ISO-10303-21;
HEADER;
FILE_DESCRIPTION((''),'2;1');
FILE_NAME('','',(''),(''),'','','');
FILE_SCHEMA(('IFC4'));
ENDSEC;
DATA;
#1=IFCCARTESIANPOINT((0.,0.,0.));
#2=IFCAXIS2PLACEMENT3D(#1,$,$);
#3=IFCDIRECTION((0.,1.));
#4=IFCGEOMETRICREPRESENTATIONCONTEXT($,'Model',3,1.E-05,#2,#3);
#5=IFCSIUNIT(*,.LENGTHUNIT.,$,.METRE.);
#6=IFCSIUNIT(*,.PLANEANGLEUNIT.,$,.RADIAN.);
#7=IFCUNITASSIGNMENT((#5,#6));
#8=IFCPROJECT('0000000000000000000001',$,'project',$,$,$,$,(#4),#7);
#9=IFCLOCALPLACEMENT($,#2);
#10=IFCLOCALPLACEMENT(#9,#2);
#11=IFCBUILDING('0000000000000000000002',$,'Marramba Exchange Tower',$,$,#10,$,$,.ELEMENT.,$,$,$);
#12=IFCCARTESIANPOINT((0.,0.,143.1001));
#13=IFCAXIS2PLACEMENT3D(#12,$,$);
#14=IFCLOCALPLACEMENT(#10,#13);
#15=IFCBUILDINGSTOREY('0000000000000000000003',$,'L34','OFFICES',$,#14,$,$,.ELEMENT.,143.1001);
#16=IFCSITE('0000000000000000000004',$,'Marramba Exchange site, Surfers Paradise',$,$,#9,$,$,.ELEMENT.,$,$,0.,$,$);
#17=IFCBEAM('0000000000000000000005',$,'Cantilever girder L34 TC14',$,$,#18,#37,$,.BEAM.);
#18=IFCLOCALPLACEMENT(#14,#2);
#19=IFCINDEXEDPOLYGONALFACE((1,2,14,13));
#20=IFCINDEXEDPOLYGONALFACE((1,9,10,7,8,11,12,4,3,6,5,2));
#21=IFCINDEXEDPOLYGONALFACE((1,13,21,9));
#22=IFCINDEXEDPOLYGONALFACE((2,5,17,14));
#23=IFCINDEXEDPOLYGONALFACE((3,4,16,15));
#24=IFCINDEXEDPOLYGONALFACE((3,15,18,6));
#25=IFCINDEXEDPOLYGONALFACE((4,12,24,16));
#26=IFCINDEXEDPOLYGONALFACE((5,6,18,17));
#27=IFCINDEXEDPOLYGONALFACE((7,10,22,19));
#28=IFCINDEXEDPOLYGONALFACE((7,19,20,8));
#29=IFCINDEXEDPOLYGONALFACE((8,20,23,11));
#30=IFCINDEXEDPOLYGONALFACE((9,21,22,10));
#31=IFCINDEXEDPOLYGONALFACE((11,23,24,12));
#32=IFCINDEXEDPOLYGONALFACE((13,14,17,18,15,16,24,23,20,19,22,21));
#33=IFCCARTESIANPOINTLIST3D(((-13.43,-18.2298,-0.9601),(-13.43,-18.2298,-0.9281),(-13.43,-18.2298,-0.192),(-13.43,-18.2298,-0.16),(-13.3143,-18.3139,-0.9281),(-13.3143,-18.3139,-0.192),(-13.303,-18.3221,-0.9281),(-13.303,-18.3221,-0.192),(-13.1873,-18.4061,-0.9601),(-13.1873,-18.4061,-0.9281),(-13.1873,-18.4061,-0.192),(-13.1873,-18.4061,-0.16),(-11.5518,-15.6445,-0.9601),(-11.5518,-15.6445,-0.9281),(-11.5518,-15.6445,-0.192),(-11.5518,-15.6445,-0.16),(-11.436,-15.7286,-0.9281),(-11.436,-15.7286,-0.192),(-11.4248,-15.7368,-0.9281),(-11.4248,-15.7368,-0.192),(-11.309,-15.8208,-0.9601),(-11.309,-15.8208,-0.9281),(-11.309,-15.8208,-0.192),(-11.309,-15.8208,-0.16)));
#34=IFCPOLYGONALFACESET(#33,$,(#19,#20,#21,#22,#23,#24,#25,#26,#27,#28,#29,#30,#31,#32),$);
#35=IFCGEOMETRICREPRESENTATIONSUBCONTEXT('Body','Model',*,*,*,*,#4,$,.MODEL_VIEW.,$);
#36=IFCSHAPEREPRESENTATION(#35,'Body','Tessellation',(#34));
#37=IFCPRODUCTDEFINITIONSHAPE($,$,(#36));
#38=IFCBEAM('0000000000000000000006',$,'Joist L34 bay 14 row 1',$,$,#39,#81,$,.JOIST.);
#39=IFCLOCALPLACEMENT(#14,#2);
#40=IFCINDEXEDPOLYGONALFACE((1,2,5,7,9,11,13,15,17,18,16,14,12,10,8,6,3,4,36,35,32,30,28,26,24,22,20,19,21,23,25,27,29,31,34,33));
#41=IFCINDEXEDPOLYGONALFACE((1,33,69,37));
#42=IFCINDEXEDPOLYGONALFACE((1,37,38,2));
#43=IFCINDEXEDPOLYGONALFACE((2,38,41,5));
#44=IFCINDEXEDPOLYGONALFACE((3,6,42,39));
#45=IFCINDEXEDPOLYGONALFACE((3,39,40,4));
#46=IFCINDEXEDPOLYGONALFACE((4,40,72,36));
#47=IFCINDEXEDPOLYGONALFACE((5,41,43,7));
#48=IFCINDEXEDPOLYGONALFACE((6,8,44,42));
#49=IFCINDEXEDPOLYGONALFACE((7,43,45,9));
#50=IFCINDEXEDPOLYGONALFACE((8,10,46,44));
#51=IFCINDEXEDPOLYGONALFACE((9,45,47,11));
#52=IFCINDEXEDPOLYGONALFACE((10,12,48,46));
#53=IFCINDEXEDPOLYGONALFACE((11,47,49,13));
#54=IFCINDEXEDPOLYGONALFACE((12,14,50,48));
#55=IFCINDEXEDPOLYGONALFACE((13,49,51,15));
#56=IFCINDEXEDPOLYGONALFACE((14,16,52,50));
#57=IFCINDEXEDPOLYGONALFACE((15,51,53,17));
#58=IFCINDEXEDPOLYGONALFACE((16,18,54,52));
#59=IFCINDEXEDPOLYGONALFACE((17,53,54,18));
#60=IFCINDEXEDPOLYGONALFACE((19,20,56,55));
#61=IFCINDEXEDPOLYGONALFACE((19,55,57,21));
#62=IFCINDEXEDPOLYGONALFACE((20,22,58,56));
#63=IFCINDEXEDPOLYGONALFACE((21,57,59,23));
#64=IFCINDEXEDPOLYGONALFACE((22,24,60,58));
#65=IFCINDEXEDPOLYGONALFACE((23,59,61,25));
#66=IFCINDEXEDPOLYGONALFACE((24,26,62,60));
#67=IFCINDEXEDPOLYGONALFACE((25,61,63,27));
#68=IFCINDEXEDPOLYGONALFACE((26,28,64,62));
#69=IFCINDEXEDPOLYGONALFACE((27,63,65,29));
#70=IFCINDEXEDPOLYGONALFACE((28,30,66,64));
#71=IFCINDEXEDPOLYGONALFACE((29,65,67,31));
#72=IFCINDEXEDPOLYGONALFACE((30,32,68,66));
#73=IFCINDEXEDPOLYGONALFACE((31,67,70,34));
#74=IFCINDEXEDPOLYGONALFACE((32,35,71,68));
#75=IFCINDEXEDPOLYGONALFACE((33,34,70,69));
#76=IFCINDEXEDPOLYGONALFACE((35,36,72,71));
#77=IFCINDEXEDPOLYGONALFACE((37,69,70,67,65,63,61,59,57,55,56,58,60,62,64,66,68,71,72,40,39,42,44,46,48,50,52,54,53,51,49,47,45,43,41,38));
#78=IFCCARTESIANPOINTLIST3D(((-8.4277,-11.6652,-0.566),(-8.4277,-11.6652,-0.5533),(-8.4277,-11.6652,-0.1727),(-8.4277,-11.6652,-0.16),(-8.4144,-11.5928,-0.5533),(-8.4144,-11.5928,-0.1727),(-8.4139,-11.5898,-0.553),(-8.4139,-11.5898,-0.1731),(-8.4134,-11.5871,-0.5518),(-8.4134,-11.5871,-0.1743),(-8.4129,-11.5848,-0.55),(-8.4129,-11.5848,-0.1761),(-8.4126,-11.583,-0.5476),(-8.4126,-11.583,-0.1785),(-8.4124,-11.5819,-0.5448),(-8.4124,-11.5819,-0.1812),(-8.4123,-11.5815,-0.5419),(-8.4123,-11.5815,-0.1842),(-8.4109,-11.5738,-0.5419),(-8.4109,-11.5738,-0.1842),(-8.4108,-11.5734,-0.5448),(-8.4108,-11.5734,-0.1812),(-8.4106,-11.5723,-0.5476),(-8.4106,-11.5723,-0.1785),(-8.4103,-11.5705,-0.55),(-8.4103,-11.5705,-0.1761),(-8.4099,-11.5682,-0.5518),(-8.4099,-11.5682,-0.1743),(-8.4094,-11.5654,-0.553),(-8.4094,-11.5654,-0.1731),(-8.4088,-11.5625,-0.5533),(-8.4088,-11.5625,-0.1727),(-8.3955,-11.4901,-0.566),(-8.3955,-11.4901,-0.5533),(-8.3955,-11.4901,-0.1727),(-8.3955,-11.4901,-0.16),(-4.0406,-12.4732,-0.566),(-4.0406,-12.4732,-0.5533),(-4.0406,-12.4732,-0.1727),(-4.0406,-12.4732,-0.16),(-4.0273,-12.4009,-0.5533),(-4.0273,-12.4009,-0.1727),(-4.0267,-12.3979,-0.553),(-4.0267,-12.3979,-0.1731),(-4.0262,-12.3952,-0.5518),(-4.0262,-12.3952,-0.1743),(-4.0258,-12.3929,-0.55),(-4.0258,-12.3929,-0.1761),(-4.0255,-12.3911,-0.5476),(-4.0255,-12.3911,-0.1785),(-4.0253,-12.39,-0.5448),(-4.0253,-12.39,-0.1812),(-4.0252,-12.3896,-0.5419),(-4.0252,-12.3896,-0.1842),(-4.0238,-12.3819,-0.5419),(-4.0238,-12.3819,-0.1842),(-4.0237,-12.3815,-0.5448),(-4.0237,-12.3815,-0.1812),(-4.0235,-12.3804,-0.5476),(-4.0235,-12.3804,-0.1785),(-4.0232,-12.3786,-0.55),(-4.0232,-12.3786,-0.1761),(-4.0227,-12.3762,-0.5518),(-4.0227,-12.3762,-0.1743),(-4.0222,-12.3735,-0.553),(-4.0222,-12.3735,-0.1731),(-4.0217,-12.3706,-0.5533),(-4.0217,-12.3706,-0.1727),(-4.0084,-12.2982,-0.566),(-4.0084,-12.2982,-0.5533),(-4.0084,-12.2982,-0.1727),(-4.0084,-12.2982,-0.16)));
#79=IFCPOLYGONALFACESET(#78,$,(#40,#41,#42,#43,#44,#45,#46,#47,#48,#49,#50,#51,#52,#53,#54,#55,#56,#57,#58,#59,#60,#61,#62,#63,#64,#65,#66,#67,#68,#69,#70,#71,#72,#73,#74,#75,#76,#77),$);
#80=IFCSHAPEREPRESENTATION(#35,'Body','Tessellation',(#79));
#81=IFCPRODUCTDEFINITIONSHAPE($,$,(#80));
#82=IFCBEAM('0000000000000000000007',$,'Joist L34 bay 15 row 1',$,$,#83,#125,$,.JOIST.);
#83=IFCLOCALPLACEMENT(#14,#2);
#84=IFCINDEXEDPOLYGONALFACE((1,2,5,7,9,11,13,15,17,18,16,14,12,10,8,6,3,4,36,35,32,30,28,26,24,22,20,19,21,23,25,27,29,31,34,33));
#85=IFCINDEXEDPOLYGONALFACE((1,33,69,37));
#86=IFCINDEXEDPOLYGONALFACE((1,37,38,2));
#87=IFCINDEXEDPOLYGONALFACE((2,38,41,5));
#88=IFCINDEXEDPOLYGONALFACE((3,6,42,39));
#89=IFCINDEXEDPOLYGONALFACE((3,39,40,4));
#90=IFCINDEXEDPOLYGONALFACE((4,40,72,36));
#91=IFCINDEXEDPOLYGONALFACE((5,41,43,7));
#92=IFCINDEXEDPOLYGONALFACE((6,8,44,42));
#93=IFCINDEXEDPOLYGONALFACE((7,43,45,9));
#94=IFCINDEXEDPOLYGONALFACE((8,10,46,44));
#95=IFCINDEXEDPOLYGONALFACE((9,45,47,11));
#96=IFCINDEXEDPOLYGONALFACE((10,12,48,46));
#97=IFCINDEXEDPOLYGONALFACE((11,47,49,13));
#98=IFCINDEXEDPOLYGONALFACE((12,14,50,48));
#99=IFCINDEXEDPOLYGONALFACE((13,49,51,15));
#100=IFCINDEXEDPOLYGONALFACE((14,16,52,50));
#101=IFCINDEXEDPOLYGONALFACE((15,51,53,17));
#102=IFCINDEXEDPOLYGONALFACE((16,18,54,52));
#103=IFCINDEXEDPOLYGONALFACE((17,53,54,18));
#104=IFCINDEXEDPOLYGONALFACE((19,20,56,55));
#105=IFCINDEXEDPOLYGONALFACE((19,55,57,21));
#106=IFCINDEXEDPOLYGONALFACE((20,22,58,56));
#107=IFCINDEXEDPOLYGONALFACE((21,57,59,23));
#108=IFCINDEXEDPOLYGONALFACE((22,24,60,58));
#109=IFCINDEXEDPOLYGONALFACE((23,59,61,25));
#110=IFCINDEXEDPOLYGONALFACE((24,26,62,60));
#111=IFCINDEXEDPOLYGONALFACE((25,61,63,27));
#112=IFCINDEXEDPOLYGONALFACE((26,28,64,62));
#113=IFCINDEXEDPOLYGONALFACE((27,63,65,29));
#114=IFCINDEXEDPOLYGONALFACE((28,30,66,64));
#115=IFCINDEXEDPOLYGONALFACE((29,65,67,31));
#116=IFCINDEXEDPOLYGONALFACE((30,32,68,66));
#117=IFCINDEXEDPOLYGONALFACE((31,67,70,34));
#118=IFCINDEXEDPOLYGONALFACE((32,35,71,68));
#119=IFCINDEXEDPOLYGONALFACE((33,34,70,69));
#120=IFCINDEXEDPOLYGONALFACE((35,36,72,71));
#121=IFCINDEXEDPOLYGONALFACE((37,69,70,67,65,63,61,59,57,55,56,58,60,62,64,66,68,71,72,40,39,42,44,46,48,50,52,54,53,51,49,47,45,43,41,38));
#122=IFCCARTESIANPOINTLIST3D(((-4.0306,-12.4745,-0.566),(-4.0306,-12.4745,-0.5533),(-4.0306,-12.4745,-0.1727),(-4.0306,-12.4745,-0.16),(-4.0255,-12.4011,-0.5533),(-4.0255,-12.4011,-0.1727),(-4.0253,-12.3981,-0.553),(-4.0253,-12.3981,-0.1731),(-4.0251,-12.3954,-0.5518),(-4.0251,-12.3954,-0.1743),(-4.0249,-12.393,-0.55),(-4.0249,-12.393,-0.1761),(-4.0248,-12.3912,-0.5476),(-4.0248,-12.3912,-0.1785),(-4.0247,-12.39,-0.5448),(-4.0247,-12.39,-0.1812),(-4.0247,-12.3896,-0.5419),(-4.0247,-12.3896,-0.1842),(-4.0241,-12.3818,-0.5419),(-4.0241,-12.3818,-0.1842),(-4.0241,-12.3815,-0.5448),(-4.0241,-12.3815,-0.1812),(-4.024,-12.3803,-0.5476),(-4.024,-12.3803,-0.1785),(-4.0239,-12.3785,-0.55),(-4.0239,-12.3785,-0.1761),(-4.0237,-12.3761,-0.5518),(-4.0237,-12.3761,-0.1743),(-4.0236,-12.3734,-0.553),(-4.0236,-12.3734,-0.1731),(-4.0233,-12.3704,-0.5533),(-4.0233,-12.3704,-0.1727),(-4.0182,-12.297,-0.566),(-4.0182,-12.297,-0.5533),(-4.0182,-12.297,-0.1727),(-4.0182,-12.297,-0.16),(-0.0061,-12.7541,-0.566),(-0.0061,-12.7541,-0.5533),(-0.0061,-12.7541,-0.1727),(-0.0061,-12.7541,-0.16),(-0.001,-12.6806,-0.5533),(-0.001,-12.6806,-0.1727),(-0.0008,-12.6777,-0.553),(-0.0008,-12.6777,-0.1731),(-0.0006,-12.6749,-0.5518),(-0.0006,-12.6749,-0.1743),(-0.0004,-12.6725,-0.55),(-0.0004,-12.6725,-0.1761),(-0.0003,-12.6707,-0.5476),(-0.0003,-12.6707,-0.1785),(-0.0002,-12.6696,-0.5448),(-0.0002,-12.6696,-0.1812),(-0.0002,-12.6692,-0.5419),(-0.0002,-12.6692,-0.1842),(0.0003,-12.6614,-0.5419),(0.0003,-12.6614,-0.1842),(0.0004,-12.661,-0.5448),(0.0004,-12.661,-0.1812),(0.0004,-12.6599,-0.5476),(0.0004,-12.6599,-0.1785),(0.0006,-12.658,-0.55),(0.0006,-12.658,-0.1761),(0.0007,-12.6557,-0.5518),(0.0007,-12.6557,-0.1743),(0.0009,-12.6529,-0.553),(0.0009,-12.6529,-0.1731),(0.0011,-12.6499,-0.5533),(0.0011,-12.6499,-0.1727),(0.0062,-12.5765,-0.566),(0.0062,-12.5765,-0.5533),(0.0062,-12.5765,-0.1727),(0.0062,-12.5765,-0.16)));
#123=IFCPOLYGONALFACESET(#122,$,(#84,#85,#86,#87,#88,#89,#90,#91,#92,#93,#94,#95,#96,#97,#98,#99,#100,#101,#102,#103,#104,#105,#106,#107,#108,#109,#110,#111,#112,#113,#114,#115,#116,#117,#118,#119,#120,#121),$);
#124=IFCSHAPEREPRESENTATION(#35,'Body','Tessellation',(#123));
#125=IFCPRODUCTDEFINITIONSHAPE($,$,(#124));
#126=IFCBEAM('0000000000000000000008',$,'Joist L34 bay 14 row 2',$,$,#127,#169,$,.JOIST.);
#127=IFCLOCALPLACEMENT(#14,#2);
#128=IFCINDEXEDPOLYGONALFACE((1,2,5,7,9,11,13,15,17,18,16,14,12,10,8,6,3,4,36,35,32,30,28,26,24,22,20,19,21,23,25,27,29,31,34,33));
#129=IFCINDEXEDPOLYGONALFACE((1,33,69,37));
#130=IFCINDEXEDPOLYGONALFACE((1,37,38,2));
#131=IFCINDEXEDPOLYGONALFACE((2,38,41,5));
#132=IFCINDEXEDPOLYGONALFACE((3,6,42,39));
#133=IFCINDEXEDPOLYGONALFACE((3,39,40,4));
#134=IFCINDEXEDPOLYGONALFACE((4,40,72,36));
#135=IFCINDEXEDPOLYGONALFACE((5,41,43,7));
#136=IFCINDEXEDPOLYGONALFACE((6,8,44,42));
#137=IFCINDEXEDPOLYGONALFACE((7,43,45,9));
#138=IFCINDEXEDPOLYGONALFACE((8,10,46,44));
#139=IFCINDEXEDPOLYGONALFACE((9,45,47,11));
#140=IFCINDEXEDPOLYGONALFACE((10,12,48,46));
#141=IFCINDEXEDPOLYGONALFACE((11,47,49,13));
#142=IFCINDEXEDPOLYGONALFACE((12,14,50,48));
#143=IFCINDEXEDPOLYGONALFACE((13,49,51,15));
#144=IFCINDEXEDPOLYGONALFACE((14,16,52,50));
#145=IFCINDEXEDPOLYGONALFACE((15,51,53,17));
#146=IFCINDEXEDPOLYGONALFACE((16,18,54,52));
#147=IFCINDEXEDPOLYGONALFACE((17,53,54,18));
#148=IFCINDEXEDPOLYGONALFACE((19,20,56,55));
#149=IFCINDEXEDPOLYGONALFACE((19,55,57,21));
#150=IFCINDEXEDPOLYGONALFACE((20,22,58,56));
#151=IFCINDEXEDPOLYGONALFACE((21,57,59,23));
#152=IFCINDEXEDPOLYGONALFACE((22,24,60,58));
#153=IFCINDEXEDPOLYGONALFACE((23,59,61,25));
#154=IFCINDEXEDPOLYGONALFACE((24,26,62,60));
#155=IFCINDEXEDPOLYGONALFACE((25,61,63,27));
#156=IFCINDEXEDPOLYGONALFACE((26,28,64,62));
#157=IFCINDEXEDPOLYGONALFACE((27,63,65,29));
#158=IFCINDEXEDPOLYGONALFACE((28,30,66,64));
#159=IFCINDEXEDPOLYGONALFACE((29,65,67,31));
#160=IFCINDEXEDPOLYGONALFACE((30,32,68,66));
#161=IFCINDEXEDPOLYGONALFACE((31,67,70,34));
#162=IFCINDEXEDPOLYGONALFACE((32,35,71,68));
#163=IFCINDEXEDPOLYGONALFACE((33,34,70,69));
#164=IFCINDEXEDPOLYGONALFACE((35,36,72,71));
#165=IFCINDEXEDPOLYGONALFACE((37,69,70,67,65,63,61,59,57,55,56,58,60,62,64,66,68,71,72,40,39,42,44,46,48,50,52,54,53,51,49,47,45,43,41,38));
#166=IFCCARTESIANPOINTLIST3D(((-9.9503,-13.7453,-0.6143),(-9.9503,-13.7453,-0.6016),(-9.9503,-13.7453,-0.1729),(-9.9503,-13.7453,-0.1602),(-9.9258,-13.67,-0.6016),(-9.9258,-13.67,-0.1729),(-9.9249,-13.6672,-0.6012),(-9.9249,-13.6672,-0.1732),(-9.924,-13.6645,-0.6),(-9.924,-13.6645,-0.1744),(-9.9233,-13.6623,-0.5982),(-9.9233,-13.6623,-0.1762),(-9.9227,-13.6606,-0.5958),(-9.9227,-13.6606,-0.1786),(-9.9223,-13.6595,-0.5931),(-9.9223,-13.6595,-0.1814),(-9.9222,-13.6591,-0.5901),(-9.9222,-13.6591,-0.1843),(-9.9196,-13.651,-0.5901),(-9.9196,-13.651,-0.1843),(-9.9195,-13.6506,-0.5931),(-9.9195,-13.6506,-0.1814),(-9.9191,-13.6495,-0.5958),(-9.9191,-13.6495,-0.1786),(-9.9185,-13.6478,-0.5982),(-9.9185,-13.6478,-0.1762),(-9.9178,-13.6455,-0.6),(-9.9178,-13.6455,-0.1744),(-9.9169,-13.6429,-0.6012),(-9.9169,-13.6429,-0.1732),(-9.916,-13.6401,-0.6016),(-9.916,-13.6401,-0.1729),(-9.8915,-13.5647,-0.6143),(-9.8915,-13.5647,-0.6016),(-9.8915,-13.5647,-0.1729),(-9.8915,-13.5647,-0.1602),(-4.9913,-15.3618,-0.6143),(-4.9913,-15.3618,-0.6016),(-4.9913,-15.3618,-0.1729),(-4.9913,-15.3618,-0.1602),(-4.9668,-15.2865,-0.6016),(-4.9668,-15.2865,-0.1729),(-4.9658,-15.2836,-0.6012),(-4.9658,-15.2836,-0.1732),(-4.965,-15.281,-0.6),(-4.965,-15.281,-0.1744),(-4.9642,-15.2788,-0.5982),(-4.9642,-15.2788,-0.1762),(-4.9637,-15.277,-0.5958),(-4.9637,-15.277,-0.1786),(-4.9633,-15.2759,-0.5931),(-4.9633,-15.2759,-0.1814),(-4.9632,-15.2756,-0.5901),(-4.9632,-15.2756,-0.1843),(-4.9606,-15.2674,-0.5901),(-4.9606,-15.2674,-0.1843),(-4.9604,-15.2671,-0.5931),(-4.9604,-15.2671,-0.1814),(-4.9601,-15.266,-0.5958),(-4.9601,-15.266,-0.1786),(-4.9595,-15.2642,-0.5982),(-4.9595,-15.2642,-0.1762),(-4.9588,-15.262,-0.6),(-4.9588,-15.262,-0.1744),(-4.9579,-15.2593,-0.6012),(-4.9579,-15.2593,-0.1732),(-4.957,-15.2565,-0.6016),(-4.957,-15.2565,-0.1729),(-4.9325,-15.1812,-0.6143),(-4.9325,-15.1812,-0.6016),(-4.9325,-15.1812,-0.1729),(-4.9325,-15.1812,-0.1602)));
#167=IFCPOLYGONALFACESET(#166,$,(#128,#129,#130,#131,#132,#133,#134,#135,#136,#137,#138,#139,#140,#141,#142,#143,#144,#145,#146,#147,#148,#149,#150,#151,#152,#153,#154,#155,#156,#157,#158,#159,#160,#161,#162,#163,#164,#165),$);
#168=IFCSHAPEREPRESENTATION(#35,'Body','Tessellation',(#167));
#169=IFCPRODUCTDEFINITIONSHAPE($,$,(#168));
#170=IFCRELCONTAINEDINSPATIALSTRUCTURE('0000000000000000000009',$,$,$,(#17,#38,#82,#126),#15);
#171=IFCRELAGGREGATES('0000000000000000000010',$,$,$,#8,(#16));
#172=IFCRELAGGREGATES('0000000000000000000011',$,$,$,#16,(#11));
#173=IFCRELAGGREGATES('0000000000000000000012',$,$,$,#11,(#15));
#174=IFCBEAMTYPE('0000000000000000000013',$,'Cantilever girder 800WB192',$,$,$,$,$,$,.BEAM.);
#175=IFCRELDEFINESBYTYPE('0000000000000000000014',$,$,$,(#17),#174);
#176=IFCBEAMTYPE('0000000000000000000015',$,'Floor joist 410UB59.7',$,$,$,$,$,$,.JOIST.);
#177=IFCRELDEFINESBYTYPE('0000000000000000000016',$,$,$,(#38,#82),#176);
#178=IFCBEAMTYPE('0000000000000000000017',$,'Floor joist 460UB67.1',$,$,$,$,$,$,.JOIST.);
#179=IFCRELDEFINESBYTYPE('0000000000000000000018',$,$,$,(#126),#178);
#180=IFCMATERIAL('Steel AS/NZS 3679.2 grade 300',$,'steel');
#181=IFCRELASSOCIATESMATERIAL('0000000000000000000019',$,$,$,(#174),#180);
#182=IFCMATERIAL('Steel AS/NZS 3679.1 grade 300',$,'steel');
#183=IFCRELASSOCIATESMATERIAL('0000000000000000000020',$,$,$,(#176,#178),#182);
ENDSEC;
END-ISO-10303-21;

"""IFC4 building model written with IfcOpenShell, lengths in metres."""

from ifc_helpers import new_model, si_unit, direction, frame, origin, origin_2d, place, context, subcontext, project, spatial, i_section, extrude, material, material_profile, profile_set, type_object, element, save


model = new_model("IFC4")

# Units and contexts
model_context = context("Model", 3, precision=1e-05, world=origin(), true_north=direction((0.0, 1.0)))
body_context = subcontext(model_context, "Body", "Model", "MODEL_VIEW")
ifc_project = project(units=[si_unit("LENGTHUNIT", "METRE"), si_unit("PLANEANGLEUNIT", "RADIAN")], contexts=[model_context])

# Site, building, storey
site_placement = place(None, origin())
site = spatial("IfcSite", under=ifc_project, at=site_placement, Name="Marramba Exchange site, Surfers Paradise", CompositionType="ELEMENT", RefElevation=0.0)
building_placement = place(site_placement, origin())
building = spatial("IfcBuilding", under=site, at=building_placement, Name="Marramba Exchange Tower", CompositionType="ELEMENT")
storey_placement = place(building_placement, frame((0.0, 0.0, 143.1001)))
storey = spatial("IfcBuildingStorey", under=building, at=storey_placement, Name="L34", Description="OFFICES", CompositionType="ELEMENT", Elevation=143.1001)

# Beams
ifc_material_1 = material(Name="Steel AS/NZS 3679.2 grade 300", Category="steel")
ifc_material_profile_1 = material_profile(ifc_material_1, i_section(OverallWidth=0.3, OverallDepth=0.8, WebThickness=0.0139, FlangeThickness=0.032, at=origin_2d()), Name="800WB192")
ifc_profile_set_1 = profile_set([ifc_material_profile_1], Name="Steel AS/NZS 3679.2 grade 300")
beam_type_1 = type_object("IfcBeamType", Name="Cantilever girder 800WB192", PredefinedType="BEAM", material=ifc_profile_set_1)
beam_1_placement = place(storey_placement, frame((-11.4304, -15.7327, -0.5601), z_axis=(-0.587767, -0.80903, 0.0), x_axis=(0.80903, -0.587767, 0.0)))
element("IfcBeam", 1, at=beam_1_placement, inside=storey, type_object=beam_type_1, Name="Cantilever girder L34 TC14", PredefinedType="BEAM", context=body_context, shape_type="SweptSolid", body=[
    extrude(i_section(OverallWidth=0.3, OverallDepth=0.8, WebThickness=0.0139, FlangeThickness=0.032, at=origin_2d()), origin(), (0.0, 0.0, 1.0), 3.1956),
])
ifc_material_2 = material(Name="Steel AS/NZS 3679.1 grade 300", Category="steel")
ifc_material_profile_2 = material_profile(ifc_material_2, i_section(OverallWidth=0.178, OverallDepth=0.406, WebThickness=0.0078, FlangeThickness=0.0127, FilletRadius=0.0115, at=origin_2d()), Name="410UB59.7")
ifc_profile_set_2 = profile_set([ifc_material_profile_2], Name="Steel AS/NZS 3679.1 grade 300")
beam_type_2 = type_object("IfcBeamType", Name="Floor joist 410UB59.7", PredefinedType="JOIST", material=ifc_profile_set_2)
beam_2_placement = place(storey_placement, frame((-8.4116, -11.5776, -0.363), z_axis=(0.983456, -0.181149, 0.0), x_axis=(0.181149, 0.983456, 0.0)))
element("IfcBeam", 2, at=beam_2_placement, inside=storey, type_object=beam_type_2, Name="Joist L34 bay 14 row 1", PredefinedType="JOIST", context=body_context, shape_type="SweptSolid", body=[
    extrude(i_section(OverallWidth=0.178, OverallDepth=0.406, WebThickness=0.0078, FlangeThickness=0.0127, FilletRadius=0.0115, at=origin_2d()), origin(), (0.0, 0.0, 1.0), 4.4609),
])
beam_3_placement = place(storey_placement, frame((-4.0244, -12.3857, -0.363), z_axis=(0.997596, -0.069294, 0.0), x_axis=(0.069294, 0.997596, 0.0)))
element("IfcBeam", 3, at=beam_3_placement, inside=storey, type_object=beam_type_2, Name="Joist L34 bay 15 row 1", PredefinedType="JOIST", context=body_context, shape_type="SweptSolid", body=[
    extrude(i_section(OverallWidth=0.178, OverallDepth=0.406, WebThickness=0.0078, FlangeThickness=0.0127, FilletRadius=0.0115, at=origin_2d()), origin(), (0.0, 0.0, 1.0), 4.0342),
])
ifc_material_profile_3 = material_profile(ifc_material_2, i_section(OverallWidth=0.1899, OverallDepth=0.4541, WebThickness=0.0085, FlangeThickness=0.0127, FilletRadius=0.0115, at=origin_2d()), Name="460UB67.1")
ifc_profile_set_3 = profile_set([ifc_material_profile_3], Name="Steel AS/NZS 3679.1 grade 300")
beam_type_3 = type_object("IfcBeamType", Name="Floor joist 460UB67.1", PredefinedType="JOIST", material=ifc_profile_set_3)
beam_4_placement = place(storey_placement, frame((-9.9209, -13.655, -0.3872), z_axis=(0.950764, -0.309916, 0.0), x_axis=(0.309916, 0.950764, 0.0)))
element("IfcBeam", 4, at=beam_4_placement, inside=storey, type_object=beam_type_3, Name="Joist L34 bay 14 row 2", PredefinedType="JOIST", context=body_context, shape_type="SweptSolid", body=[
    extrude(i_section(OverallWidth=0.1899, OverallDepth=0.4541, WebThickness=0.0085, FlangeThickness=0.0127, FilletRadius=0.0115, at=origin_2d()), origin(), (0.0, 0.0, 1.0), 5.2158),
])

save(model, "model.ifc")
